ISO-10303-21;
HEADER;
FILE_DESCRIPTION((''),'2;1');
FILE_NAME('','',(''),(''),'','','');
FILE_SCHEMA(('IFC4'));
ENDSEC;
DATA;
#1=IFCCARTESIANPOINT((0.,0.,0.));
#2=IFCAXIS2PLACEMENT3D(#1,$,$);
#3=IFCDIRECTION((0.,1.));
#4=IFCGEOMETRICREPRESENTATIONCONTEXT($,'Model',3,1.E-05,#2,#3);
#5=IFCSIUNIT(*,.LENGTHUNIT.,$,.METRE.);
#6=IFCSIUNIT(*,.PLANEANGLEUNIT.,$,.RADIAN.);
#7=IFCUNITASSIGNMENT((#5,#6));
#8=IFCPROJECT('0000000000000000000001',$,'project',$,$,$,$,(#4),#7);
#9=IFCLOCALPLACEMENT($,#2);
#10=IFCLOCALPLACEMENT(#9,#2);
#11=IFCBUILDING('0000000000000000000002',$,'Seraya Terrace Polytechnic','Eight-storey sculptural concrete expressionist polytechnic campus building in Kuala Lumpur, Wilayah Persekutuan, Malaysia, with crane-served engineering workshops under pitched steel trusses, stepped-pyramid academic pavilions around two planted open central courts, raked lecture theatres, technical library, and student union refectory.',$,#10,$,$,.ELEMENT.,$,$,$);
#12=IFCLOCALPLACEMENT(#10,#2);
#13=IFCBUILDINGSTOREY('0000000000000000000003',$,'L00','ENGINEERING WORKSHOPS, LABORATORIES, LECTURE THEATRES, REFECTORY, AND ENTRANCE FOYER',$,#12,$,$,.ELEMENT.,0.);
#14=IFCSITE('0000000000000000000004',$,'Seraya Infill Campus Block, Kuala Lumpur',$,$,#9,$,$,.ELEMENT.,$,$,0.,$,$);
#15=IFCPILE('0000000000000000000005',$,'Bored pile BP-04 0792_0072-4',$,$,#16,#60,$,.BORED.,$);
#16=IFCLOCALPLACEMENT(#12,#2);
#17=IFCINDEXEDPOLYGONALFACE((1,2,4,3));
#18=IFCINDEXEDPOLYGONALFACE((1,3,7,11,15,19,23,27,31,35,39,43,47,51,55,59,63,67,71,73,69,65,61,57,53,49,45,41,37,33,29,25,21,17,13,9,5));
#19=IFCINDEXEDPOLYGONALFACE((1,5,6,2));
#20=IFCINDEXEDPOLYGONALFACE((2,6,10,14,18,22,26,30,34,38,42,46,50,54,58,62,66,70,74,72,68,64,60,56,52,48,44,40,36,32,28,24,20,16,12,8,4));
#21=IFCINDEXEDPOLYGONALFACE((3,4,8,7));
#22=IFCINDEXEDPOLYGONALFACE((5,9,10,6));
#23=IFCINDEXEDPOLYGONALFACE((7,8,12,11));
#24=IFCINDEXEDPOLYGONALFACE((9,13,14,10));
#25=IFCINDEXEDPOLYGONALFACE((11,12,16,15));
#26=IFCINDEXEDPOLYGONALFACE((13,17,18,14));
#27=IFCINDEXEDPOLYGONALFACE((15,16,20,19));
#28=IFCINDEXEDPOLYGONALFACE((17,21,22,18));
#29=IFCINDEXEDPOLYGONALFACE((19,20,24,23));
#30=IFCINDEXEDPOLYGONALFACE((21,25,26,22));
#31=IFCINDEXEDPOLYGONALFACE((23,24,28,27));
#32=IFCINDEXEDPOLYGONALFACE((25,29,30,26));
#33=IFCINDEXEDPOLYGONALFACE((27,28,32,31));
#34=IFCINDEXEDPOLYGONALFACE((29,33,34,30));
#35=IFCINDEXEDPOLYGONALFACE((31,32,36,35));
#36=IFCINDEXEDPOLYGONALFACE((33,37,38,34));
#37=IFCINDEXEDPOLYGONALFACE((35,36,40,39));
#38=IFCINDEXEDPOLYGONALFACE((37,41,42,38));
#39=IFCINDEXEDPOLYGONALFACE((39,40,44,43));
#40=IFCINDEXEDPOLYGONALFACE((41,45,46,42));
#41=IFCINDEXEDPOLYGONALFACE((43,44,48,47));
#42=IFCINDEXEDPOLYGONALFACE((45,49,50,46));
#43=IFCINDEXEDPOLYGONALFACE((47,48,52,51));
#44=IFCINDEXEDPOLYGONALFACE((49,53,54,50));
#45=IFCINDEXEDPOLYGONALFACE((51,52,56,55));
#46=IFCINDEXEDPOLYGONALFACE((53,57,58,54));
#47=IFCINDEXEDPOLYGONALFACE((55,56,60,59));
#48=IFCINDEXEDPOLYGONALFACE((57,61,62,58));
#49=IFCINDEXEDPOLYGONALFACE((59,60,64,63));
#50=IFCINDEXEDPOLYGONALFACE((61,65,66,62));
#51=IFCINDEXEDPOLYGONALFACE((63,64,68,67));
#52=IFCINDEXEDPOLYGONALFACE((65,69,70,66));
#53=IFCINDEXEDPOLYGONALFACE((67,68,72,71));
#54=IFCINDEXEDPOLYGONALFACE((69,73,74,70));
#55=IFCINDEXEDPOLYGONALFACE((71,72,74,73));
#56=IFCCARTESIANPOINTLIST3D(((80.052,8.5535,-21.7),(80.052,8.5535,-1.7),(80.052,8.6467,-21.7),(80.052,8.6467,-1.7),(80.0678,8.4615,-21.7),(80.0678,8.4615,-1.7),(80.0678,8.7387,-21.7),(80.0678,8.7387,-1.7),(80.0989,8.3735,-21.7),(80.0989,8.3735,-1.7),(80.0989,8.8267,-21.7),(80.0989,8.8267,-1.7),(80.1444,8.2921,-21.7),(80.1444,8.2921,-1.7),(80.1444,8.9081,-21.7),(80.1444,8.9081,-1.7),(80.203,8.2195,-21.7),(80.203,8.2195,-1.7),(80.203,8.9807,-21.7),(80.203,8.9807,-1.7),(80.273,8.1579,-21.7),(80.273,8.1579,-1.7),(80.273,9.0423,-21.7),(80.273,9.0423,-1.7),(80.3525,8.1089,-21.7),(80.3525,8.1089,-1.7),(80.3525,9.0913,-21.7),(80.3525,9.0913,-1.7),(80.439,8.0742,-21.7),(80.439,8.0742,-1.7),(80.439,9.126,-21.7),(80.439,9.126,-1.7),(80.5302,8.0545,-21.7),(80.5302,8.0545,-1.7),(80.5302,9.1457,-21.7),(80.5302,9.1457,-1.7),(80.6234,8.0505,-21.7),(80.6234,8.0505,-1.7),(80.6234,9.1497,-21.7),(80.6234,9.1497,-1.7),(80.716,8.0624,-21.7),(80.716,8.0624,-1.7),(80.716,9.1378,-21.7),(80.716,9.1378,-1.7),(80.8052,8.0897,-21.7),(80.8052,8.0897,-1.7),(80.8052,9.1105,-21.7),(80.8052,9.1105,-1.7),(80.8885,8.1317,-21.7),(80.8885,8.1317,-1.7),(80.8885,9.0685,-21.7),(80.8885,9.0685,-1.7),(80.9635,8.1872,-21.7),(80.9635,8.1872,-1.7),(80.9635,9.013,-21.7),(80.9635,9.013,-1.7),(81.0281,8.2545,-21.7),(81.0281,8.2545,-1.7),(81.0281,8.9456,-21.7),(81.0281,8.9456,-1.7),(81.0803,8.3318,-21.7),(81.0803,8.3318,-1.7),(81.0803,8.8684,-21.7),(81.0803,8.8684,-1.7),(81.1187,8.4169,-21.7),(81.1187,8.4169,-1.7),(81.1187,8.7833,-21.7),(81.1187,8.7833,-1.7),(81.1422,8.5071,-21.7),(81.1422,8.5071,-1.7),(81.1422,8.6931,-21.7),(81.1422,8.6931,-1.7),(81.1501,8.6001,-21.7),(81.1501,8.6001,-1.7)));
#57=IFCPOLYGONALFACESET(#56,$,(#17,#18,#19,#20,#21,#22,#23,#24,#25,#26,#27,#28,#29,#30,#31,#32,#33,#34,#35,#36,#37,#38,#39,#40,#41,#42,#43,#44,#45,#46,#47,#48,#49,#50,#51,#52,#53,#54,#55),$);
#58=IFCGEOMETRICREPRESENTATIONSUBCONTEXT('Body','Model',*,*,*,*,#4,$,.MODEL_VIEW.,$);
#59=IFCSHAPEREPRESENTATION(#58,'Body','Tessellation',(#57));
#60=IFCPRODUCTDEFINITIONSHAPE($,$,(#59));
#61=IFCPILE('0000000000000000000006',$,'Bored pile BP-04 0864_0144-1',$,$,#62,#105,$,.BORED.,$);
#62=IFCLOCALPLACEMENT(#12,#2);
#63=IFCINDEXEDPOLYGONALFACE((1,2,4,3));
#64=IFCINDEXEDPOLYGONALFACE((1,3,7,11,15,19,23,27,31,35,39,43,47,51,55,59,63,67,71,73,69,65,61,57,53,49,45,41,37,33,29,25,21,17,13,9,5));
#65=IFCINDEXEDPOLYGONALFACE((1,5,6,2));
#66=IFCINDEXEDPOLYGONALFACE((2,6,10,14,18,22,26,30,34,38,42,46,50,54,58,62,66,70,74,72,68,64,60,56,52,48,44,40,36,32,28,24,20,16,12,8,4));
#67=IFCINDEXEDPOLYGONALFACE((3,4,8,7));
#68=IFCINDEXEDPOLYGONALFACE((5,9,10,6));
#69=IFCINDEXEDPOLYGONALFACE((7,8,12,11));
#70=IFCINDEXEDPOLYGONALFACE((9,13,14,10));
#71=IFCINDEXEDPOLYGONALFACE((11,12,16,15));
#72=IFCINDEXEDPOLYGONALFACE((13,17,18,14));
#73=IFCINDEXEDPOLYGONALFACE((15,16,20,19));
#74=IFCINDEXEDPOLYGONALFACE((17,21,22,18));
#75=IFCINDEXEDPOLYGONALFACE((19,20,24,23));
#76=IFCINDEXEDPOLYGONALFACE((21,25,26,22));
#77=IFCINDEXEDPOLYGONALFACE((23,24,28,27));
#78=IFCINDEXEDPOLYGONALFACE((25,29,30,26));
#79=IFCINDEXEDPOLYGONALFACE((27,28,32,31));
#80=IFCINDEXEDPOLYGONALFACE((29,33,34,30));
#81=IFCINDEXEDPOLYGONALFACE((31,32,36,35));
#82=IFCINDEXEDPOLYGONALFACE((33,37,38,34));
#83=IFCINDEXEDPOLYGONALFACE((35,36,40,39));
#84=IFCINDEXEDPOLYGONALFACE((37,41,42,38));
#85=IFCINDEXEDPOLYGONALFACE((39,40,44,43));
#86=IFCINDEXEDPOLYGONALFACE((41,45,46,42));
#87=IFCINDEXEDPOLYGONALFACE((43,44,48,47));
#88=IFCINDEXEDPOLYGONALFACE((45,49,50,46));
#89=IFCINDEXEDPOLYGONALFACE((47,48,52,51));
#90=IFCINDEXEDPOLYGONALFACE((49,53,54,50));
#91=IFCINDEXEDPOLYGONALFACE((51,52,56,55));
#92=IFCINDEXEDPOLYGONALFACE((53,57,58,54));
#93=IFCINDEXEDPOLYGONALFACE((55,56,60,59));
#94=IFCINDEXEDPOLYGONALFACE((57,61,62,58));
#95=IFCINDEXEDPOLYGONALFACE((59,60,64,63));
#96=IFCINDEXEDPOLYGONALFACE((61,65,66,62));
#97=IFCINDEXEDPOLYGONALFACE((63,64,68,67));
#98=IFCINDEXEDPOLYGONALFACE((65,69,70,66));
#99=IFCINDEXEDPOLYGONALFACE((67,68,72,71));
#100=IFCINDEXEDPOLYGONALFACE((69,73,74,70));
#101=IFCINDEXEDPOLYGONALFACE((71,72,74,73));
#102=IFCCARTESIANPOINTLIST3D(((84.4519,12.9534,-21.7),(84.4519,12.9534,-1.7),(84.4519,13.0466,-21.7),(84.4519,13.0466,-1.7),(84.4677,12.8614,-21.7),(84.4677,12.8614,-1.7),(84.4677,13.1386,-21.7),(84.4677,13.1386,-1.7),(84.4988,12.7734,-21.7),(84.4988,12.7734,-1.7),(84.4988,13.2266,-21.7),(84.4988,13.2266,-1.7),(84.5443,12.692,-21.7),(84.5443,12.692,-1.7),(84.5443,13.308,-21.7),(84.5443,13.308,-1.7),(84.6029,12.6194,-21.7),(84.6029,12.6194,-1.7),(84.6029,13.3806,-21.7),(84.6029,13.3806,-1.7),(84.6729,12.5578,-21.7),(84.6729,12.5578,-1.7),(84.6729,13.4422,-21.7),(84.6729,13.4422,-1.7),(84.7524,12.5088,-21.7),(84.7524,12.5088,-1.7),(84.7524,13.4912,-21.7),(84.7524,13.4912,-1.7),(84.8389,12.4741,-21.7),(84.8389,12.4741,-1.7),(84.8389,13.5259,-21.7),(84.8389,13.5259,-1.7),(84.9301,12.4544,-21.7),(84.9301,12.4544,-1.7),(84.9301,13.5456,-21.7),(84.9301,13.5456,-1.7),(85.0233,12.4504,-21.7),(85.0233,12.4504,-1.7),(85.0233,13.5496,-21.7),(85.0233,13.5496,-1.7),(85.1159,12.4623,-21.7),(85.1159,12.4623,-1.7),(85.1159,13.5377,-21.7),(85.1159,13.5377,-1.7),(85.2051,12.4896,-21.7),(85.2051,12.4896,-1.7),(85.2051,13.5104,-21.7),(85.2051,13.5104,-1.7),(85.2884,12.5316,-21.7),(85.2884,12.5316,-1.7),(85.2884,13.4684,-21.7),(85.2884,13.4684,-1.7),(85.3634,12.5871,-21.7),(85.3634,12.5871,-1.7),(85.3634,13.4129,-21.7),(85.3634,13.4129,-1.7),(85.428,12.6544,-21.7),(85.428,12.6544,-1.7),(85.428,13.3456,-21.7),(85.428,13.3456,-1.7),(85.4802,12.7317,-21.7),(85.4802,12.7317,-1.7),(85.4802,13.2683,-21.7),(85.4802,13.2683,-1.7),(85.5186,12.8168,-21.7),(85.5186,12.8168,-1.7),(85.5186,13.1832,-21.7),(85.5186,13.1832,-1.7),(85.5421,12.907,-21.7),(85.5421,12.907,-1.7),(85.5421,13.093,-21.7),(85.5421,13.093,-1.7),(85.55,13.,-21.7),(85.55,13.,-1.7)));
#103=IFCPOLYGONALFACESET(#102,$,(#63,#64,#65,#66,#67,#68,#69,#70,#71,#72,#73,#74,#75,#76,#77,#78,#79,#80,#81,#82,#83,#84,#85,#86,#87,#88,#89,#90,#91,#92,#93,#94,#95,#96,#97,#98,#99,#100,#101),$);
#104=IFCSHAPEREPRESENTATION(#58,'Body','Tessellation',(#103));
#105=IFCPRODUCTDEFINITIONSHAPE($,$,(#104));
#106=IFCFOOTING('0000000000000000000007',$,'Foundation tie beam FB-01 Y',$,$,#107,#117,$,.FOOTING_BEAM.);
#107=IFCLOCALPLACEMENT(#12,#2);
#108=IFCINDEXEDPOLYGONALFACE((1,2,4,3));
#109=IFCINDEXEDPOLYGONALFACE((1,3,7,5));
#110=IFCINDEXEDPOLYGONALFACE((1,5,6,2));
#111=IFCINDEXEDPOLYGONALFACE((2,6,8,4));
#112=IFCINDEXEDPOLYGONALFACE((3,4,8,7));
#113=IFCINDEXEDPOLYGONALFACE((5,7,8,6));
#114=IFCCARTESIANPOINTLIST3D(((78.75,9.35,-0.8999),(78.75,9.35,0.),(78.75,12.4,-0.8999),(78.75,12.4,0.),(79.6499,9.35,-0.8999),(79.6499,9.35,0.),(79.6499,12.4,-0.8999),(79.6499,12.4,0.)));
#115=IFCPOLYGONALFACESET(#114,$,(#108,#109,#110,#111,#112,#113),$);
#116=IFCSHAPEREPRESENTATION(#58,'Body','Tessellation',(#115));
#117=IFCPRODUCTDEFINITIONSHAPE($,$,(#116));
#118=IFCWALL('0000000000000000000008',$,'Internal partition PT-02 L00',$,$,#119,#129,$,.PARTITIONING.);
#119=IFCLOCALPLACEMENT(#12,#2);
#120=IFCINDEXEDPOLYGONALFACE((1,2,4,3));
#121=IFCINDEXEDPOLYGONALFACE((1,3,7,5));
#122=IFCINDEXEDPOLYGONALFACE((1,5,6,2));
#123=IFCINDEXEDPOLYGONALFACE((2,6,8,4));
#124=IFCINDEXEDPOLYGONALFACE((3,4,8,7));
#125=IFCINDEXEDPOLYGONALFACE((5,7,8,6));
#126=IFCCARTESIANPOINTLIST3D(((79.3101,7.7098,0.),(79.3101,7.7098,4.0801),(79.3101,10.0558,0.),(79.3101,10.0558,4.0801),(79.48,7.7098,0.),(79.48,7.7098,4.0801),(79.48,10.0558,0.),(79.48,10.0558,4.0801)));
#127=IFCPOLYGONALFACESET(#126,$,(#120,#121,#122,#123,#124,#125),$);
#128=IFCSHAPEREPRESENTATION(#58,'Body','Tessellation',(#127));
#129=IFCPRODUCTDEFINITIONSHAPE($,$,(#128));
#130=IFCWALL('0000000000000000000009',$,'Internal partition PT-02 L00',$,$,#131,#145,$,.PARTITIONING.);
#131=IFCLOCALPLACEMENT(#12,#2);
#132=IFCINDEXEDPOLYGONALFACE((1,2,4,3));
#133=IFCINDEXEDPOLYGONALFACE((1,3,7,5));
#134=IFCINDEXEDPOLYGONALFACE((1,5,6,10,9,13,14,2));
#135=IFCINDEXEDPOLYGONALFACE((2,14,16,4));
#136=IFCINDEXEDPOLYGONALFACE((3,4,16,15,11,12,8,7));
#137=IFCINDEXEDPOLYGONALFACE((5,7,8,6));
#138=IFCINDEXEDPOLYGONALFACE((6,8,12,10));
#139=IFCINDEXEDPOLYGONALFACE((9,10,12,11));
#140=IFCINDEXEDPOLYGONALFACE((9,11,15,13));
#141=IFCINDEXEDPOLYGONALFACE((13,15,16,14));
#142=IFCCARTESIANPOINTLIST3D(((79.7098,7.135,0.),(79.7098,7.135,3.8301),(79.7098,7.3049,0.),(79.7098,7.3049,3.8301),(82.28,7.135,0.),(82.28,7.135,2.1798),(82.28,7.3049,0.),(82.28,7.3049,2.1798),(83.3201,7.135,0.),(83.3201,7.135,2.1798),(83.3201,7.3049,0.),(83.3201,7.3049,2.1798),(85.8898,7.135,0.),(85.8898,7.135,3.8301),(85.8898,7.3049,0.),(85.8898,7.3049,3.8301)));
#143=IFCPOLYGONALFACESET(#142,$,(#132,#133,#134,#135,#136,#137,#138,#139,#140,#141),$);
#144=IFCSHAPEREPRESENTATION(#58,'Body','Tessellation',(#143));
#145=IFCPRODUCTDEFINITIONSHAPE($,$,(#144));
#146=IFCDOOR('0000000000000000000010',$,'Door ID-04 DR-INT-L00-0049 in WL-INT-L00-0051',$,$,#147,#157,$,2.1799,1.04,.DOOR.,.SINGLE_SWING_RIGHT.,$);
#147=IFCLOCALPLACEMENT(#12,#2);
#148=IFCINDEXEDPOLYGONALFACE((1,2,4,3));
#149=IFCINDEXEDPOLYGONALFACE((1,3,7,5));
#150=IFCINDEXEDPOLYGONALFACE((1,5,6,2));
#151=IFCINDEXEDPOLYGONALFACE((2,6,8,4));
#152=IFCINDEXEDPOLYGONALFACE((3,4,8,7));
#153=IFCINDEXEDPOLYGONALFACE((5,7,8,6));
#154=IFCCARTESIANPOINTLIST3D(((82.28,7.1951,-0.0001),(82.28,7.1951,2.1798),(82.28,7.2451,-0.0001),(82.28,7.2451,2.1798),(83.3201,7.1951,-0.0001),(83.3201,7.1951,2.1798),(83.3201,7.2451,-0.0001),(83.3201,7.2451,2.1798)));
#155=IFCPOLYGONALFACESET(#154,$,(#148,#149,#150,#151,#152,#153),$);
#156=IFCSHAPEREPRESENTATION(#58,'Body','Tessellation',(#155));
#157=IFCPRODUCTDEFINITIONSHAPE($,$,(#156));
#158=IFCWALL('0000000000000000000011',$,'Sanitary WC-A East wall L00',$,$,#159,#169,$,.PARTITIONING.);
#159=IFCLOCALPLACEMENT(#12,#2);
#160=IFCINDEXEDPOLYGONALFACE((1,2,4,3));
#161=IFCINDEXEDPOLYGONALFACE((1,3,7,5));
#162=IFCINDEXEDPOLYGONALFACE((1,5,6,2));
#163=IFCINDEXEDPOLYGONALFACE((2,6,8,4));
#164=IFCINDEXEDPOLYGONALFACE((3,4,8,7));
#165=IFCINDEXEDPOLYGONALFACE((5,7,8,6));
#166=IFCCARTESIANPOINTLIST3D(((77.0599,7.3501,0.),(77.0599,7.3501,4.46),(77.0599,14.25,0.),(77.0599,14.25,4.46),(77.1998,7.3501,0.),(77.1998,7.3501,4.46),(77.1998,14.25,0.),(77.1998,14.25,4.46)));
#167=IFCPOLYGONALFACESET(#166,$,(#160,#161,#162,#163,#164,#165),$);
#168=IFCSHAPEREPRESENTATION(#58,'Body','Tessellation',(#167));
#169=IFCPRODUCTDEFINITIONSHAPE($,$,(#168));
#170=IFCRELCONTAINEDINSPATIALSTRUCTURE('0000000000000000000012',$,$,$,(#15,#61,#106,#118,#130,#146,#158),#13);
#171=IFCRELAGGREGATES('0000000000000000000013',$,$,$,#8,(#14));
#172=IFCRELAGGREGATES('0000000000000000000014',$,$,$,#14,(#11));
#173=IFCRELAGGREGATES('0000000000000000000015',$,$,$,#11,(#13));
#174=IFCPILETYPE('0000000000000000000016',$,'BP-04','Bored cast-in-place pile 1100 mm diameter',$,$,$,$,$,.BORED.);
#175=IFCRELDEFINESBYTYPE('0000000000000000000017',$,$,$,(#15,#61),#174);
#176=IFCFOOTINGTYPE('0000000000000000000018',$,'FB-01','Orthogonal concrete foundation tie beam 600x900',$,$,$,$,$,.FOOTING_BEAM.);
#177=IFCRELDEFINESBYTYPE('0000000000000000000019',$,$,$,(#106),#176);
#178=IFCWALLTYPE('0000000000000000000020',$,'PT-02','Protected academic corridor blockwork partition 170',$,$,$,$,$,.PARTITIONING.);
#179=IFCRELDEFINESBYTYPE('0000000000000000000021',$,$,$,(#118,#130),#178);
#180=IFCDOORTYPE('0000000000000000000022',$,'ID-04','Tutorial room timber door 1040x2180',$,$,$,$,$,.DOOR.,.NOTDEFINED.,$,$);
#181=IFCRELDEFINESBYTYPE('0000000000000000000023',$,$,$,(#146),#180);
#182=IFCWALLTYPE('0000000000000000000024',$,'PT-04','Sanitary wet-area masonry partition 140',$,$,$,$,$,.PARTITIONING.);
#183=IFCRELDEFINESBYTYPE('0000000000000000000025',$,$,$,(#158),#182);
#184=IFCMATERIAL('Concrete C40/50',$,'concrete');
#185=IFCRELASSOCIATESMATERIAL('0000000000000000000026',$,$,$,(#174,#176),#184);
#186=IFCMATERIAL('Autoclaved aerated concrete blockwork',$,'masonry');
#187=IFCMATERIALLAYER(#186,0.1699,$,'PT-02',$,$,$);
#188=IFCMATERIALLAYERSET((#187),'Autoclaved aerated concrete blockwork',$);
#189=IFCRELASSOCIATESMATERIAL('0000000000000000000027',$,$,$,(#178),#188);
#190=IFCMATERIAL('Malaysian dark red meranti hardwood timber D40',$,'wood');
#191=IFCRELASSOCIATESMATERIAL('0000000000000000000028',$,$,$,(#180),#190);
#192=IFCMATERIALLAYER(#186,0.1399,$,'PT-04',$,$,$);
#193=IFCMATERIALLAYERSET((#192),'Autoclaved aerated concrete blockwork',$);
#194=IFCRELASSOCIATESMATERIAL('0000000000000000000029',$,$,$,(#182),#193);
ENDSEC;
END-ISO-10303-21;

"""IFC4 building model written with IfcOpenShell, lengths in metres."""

from ifc_helpers import new_model, si_unit, direction, frame, frame_2d, origin, origin_2d, place, context, subcontext, project, spatial, rectangle, circle, extrude, material, layer, layer_set, material_profile, profile_set, type_object, element, fill, save


model = new_model("IFC4")

# Units and contexts
model_context = context("Model", 3, precision=1e-05, world=origin(), true_north=direction((0.0, 1.0)))
body_context = subcontext(model_context, "Body", "Model", "MODEL_VIEW")
ifc_project = project(units=[si_unit("LENGTHUNIT", "METRE"), si_unit("PLANEANGLEUNIT", "RADIAN")], contexts=[model_context])

# Site, building, storey
site_placement = place(None, origin())
site = spatial("IfcSite", under=ifc_project, at=site_placement, Name="Seraya Infill Campus Block, Kuala Lumpur", CompositionType="ELEMENT", RefElevation=0.0)
building_placement = place(site_placement, origin())
building = spatial("IfcBuilding", under=site, at=building_placement, Name="Seraya Terrace Polytechnic", Description="Eight-storey sculptural concrete expressionist polytechnic campus building in Kuala Lumpur, Wilayah Persekutuan, Malaysia, with crane-served engineering workshops under pitched steel trusses, stepped-pyramid academic pavilions around two planted open central courts, raked lecture theatres, technical library, and student union refectory.", CompositionType="ELEMENT")
storey_placement = place(building_placement, origin())
storey = spatial("IfcBuildingStorey", under=building, at=storey_placement, Name="L00", Description="ENGINEERING WORKSHOPS, LABORATORIES, LECTURE THEATRES, REFECTORY, AND ENTRANCE FOYER", CompositionType="ELEMENT", Elevation=0.0)

# Piles
ifc_material_1 = material(Name="Concrete C40/50", Category="concrete")
ifc_material_profile_1 = material_profile(ifc_material_1, circle(Radius=0.55, at=origin_2d()), Name="DIA 1100")
ifc_profile_set_1 = profile_set([ifc_material_profile_1], Name="Concrete C40/50")
pile_type_1 = type_object("IfcPileType", Name="BP-04", Description="Bored cast-in-place pile 1100 mm diameter", PredefinedType="BORED", material=ifc_profile_set_1)
for number, where, z_axis, x_axis, name in (
    (1, (80.6001, 8.6001, -1.7), (0.0, 0.0, -1.0), (1.0, 0.0, 0.0), "Bored pile BP-04 0792_0072-4"),
    (2, (85.0, 13.0, -1.7), (0.0, 0.0, -1.0), (1.0, 0.0, 0.0), "Bored pile BP-04 0864_0144-1"),
):
    element("IfcPile", number, at=place(storey_placement, frame(where, z_axis=z_axis, x_axis=x_axis)), inside=storey, type_object=pile_type_1, Name=name, PredefinedType="BORED", context=body_context, shape_type="SweptSolid", body=[
        extrude(circle(Radius=0.55, at=origin_2d()), origin(), (0.0, 0.0, 1.0), 20.0),
    ])

# Footing
footing_type = type_object("IfcFootingType", Name="FB-01", Description="Orthogonal concrete foundation tie beam 600x900", PredefinedType="FOOTING_BEAM", material=ifc_material_1)
footing_placement = place(storey_placement, frame((79.2, 10.875, -0.8999), z_axis=(0.0, 0.0, 1.0), x_axis=(0.0, 1.0, 0.0)))
element("IfcFooting", 3, at=footing_placement, inside=storey, type_object=footing_type, Name="Foundation tie beam FB-01 Y", PredefinedType="FOOTING_BEAM", context=body_context, shape_type="SweptSolid", body=[
    extrude(rectangle(XDim=3.05, YDim=0.8999, at=origin_2d()), origin(), (0.0, 0.0, 1.0), 0.8999),
])

# Wall
ifc_material_2 = material(Name="Autoclaved aerated concrete blockwork", Category="masonry")
ifc_layer_1 = layer(ifc_material_2, 0.1699, Name="PT-02")
ifc_layer_set_1 = layer_set([ifc_layer_1], Name="Autoclaved aerated concrete blockwork")
wall_type_1 = type_object("IfcWallType", Name="PT-02", Description="Protected academic corridor blockwork partition 170", PredefinedType="PARTITIONING", material=ifc_layer_set_1)
wall_1_placement = place(storey_placement, frame((79.395, 7.71, 0.0), z_axis=(0.0, 0.0, 1.0), x_axis=(0.0, 1.0, 0.0)))
element("IfcWall", 4, at=wall_1_placement, inside=storey, type_object=wall_type_1, Name="Internal partition PT-02 L00", PredefinedType="PARTITIONING", context=body_context, shape_type="SweptSolid", body=[
    extrude(rectangle(XDim=2.3459, YDim=0.1699, at=frame_2d((1.1729, 0.0))), origin(), (0.0, 0.0, 1.0), 4.0801),
])

# Wall, opening, door
wall_2_placement = place(storey_placement, frame((79.71, 7.22, 0.0), z_axis=(0.0, 0.0, 1.0), x_axis=(1.0, 0.0, 0.0)))
wall_2 = element("IfcWall", 5, at=wall_2_placement, inside=storey, type_object=wall_type_1, Name="Internal partition PT-02 L00", PredefinedType="PARTITIONING", context=body_context, shape_type="SweptSolid", body=[
    extrude(rectangle(XDim=6.1799, YDim=0.1699, at=frame_2d((3.0898, 0.0))), origin(), (0.0, 0.0, 1.0), 3.8301),
])
opening_1_placement = place(wall_2_placement, frame((2.5701, 0.0, 0.0)))
opening_1 = element("IfcOpeningElement", 6, at=opening_1_placement, cuts=wall_2, PredefinedType="OPENING", context=body_context, shape_type="SweptSolid", body=[
    extrude(rectangle(XDim=1.04, YDim=2.1799, at=frame_2d((0.52, 1.0898))), frame((0.0, 0.0969, 0.0), z_axis=(0.0, -1.0, 0.0), x_axis=(1.0, 0.0, 0.0)), (0.0, 0.0, 1.0), 0.1938),
])
ifc_material_3 = material(Name="Malaysian dark red meranti hardwood timber D40", Category="wood")
door_type_1 = type_object("IfcDoorType", Name="ID-04", Description="Tutorial room timber door 1040x2180", OperationType="NOTDEFINED", PredefinedType="DOOR", material=ifc_material_3)
door_1_placement = place(opening_1_placement, frame((1.04, 0.0, 0.0), z_axis=(0.0, 0.0, 1.0), x_axis=(-1.0, 0.0, 0.0)))
door_1 = element("IfcDoor", 7, at=door_1_placement, inside=storey, type_object=door_type_1, Name="Door ID-04 DR-INT-L00-0049 in WL-INT-L00-0051", OperationType="SINGLE_SWING_RIGHT", OverallHeight=2.1799, OverallWidth=1.04, PredefinedType="DOOR", context=body_context, shape_type="SweptSolid", body=[
    extrude(rectangle(XDim=1.04, YDim=2.1799, at=frame_2d((0.52, 1.0898))), frame((0.0, 0.0249, 0.0), z_axis=(0.0, -1.0, 0.0), x_axis=(1.0, 0.0, 0.0)), (0.0, 0.0, 1.0), 0.05),
])
fill(opening_1, door_1)

# Wall
ifc_layer_2 = layer(ifc_material_2, 0.1399, Name="PT-04")
ifc_layer_set_2 = layer_set([ifc_layer_2], Name="Autoclaved aerated concrete blockwork")
wall_type_2 = type_object("IfcWallType", Name="PT-04", Description="Sanitary wet-area masonry partition 140", PredefinedType="PARTITIONING", material=ifc_layer_set_2)
wall_3_placement = place(storey_placement, frame((77.1299, 7.3501, 0.0), z_axis=(0.0, 0.0, 1.0), x_axis=(0.0, 1.0, 0.0)))
element("IfcWall", 8, at=wall_3_placement, inside=storey, type_object=wall_type_2, Name="Sanitary WC-A East wall L00", PredefinedType="PARTITIONING", context=body_context, shape_type="SweptSolid", body=[
    extrude(rectangle(XDim=6.8999, YDim=0.1399, at=frame_2d((3.45, 0.0))), origin(), (0.0, 0.0, 1.0), 4.46),
])

save(model, "model.ifc")
